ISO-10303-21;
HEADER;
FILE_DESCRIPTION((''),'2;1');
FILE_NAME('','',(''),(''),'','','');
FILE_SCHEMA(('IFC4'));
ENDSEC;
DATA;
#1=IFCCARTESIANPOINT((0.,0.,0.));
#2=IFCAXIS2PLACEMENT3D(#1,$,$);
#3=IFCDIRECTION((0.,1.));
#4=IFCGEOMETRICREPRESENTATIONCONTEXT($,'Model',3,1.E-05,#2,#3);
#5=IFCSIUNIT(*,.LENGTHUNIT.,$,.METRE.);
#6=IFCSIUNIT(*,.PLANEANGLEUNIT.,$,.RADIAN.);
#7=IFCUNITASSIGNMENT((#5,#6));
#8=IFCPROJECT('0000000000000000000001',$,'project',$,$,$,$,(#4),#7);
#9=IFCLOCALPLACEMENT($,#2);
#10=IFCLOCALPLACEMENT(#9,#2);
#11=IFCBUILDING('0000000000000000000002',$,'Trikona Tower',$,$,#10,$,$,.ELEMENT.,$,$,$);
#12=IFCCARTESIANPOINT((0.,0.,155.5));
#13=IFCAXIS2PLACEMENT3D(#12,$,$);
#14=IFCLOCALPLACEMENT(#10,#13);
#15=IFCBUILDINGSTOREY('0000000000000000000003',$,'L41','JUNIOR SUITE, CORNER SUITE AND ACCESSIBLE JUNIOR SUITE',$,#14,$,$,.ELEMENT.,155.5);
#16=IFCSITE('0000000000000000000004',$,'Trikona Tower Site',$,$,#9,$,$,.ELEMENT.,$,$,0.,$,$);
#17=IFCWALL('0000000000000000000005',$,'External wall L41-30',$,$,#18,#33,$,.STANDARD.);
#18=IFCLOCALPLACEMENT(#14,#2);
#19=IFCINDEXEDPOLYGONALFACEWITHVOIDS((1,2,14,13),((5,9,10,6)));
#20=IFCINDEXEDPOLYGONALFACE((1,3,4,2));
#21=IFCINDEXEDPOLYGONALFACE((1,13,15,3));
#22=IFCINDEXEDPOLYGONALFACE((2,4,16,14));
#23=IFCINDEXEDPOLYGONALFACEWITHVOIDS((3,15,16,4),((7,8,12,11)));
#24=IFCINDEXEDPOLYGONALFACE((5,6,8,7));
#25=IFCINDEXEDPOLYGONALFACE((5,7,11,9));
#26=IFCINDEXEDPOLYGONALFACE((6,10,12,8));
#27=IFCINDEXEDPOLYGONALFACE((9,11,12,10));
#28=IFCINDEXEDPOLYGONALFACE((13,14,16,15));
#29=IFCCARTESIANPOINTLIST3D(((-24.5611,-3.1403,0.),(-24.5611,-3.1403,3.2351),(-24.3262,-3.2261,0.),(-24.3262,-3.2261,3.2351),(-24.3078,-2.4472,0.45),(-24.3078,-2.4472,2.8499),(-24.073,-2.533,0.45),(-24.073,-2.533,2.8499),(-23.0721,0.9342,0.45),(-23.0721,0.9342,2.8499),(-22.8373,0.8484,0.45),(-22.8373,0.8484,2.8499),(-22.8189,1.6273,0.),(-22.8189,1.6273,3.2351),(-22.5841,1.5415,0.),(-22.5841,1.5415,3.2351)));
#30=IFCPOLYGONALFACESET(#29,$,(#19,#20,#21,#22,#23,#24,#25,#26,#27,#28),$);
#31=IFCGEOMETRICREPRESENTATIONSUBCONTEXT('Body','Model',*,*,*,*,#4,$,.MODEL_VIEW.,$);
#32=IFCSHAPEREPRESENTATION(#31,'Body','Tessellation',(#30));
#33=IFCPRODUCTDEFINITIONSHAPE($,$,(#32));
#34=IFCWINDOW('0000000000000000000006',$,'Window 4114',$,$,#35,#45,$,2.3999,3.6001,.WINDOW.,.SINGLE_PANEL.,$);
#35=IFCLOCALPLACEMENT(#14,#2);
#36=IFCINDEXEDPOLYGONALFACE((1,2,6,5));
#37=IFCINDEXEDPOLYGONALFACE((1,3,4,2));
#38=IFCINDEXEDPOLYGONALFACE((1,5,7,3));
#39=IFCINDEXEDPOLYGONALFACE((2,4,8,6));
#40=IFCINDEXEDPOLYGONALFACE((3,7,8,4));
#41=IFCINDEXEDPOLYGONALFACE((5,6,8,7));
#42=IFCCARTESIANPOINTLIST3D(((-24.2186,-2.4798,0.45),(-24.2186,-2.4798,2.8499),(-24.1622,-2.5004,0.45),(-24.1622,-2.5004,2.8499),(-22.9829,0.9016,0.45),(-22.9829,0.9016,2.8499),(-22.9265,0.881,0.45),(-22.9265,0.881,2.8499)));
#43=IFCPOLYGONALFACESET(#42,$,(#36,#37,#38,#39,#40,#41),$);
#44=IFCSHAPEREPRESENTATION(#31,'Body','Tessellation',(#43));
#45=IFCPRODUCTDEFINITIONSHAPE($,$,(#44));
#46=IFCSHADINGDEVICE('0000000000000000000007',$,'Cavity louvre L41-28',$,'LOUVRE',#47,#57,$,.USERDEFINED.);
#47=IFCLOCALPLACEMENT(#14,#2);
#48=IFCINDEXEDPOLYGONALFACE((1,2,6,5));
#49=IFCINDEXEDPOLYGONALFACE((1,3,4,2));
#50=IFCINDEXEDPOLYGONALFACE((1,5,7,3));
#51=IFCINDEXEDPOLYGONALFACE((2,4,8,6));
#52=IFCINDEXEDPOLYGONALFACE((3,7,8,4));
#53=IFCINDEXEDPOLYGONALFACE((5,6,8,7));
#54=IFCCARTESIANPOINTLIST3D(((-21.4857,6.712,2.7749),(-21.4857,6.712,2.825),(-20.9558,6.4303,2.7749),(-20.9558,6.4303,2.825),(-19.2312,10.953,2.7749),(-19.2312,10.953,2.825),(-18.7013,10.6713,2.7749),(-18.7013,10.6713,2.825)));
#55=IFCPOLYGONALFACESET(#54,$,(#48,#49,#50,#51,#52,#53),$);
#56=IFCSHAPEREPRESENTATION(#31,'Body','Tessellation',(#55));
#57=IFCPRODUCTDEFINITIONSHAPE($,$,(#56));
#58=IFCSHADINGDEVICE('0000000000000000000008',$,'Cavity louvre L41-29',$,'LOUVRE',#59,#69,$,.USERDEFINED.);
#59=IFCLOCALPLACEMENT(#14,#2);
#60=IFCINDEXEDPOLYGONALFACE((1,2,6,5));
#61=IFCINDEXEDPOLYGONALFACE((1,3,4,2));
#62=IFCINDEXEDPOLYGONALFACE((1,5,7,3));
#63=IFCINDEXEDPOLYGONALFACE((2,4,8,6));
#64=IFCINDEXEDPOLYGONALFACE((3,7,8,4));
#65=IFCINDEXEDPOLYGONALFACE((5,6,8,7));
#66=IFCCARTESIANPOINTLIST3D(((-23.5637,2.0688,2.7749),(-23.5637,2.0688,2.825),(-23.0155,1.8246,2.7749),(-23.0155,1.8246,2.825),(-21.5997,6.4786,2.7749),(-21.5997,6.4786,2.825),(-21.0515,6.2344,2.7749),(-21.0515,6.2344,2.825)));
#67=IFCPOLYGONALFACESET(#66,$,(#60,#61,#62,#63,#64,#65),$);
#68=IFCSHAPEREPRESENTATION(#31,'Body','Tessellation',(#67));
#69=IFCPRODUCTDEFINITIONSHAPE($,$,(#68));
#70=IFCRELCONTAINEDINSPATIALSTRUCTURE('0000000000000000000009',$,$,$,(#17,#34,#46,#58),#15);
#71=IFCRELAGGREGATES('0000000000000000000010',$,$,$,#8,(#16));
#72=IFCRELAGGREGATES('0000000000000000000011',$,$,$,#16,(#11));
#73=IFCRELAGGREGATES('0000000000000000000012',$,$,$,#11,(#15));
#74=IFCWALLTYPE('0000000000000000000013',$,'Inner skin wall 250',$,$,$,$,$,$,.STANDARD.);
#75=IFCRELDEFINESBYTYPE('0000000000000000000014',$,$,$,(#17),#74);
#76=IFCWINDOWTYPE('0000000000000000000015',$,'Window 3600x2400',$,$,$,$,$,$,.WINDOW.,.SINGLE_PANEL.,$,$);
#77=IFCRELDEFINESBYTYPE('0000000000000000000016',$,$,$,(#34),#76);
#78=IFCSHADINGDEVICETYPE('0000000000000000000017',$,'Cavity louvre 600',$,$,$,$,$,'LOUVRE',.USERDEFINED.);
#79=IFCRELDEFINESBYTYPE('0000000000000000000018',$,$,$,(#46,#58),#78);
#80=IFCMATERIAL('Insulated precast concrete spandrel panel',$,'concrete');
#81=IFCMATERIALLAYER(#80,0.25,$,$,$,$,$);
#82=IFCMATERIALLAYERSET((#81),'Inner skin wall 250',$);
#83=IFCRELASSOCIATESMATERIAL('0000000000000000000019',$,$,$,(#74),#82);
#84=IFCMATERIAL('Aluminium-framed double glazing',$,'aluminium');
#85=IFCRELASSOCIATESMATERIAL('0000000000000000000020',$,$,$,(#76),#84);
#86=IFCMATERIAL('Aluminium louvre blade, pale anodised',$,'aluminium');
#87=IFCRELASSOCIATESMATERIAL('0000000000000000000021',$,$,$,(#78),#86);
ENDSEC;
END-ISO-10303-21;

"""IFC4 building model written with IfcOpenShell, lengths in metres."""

from ifc_helpers import new_model, si_unit, direction, frame, frame_2d, origin, origin_2d, place, context, subcontext, project, spatial, rectangle, extrude, material, layer, layer_set, type_object, element, fill, save


model = new_model("IFC4")

# Units and contexts
model_context = context("Model", 3, precision=1e-05, world=origin(), true_north=direction((0.0, 1.0)))
body_context = subcontext(model_context, "Body", "Model", "MODEL_VIEW")
ifc_project = project(units=[si_unit("LENGTHUNIT", "METRE"), si_unit("PLANEANGLEUNIT", "RADIAN")], contexts=[model_context])

# Site, building, storey
site_placement = place(None, origin())
site = spatial("IfcSite", under=ifc_project, at=site_placement, Name="Trikona Tower Site", CompositionType="ELEMENT", RefElevation=0.0)
building_placement = place(site_placement, origin())
building = spatial("IfcBuilding", under=site, at=building_placement, Name="Trikona Tower", CompositionType="ELEMENT")
storey_placement = place(building_placement, frame((0.0, 0.0, 155.5)))
storey = spatial("IfcBuildingStorey", under=building, at=storey_placement, Name="L41", Description="JUNIOR SUITE, CORNER SUITE AND ACCESSIBLE JUNIOR SUITE", CompositionType="ELEMENT", Elevation=155.5)

# Wall, opening, window
ifc_material_1 = material(Name="Insulated precast concrete spandrel panel", Category="concrete")
ifc_layer_1 = layer(ifc_material_1, 0.25)
ifc_layer_set_1 = layer_set([ifc_layer_1], Name="Inner skin wall 250")
wall_type = type_object("IfcWallType", Name="Inner skin wall 250", PredefinedType="STANDARD", material=ifc_layer_set_1)
ifc_material_2 = material(Name="Aluminium-framed double glazing", Category="aluminium")
window_type = type_object("IfcWindowType", Name="Window 3600x2400", PartitioningType="SINGLE_PANEL", PredefinedType="WINDOW", material=ifc_material_2)
wall_1_placement = place(storey_placement, frame((-22.7014, 1.5845, 0.0), z_axis=(0.0, 0.0, 1.0), x_axis=(-0.343226, -0.939253, 0.0)))
wall_1 = element("IfcWall", 1, at=wall_1_placement, inside=storey, type_object=wall_type, Name="External wall L41-30", PredefinedType="STANDARD", context=body_context, shape_type="SweptSolid", body=[
    extrude(rectangle(XDim=5.0759, YDim=0.25, at=frame_2d((2.5381, 0.0))), origin(), (0.0, 0.0, 1.0), 3.2351),
])
opening_1_placement = place(wall_1_placement, frame((0.738, 0.0, 0.45)))
opening_1 = element("IfcOpeningElement", 2, at=opening_1_placement, cuts=wall_1, PredefinedType="OPENING", context=body_context, shape_type="SweptSolid", body=[
    extrude(rectangle(XDim=3.6001, YDim=2.3999, at=frame_2d((1.8, 1.2))), frame((0.0, 0.135, 0.0), z_axis=(0.0, -1.0, 0.0), x_axis=(1.0, 0.0, 0.0)), (0.0, 0.0, 1.0), 0.27),
])
window_1_placement = place(opening_1_placement, origin())
window_1 = element("IfcWindow", 3, at=window_1_placement, inside=storey, type_object=window_type, Name="Window 4114", OverallHeight=2.3999, OverallWidth=3.6001, PartitioningType="SINGLE_PANEL", PredefinedType="WINDOW", context=body_context, shape_type="SweptSolid", body=[
    extrude(rectangle(XDim=3.6001, YDim=2.3999, at=frame_2d((1.8, 1.2))), frame((0.0, 0.03, 0.0), z_axis=(0.0, -1.0, 0.0), x_axis=(1.0, 0.0, 0.0)), (0.0, 0.0, 1.0), 0.0601),
])
fill(opening_1, window_1)

# Shading devices
ifc_material_3 = material(Name="Aluminium louvre blade, pale anodised", Category="aluminium")
shading_device_type = type_object("IfcShadingDeviceType", Name="Cavity louvre 600", ElementType="LOUVRE", PredefinedType="USERDEFINED", material=ifc_material_3)
shading_device_1_placement = place(storey_placement, frame((-20.0935, 8.6917, 2.7749), z_axis=(0.0, 0.0, 1.0), x_axis=(-0.469398, -0.882987, 0.0)))
element("IfcShadingDevice", 4, at=shading_device_1_placement, inside=storey, type_object=shading_device_type, Name="Cavity louvre L41-28", ObjectType="LOUVRE", PredefinedType="USERDEFINED", context=body_context, shape_type="SweptSolid", body=[
    extrude(rectangle(XDim=4.803, YDim=0.6001, at=origin_2d()), origin(), (0.0, 0.0, 1.0), 0.05),
])
shading_device_2_placement = place(storey_placement, frame((-22.3076, 4.1516, 2.7749), z_axis=(0.0, 0.0, 1.0), x_axis=(-0.406843, -0.913498, 0.0)))
element("IfcShadingDevice", 5, at=shading_device_2_placement, inside=storey, type_object=shading_device_type, Name="Cavity louvre L41-29", ObjectType="LOUVRE", PredefinedType="USERDEFINED", context=body_context, shape_type="SweptSolid", body=[
    extrude(rectangle(XDim=4.8274, YDim=0.6001, at=origin_2d()), origin(), (0.0, 0.0, 1.0), 0.05),
])

save(model, "model.ifc")
